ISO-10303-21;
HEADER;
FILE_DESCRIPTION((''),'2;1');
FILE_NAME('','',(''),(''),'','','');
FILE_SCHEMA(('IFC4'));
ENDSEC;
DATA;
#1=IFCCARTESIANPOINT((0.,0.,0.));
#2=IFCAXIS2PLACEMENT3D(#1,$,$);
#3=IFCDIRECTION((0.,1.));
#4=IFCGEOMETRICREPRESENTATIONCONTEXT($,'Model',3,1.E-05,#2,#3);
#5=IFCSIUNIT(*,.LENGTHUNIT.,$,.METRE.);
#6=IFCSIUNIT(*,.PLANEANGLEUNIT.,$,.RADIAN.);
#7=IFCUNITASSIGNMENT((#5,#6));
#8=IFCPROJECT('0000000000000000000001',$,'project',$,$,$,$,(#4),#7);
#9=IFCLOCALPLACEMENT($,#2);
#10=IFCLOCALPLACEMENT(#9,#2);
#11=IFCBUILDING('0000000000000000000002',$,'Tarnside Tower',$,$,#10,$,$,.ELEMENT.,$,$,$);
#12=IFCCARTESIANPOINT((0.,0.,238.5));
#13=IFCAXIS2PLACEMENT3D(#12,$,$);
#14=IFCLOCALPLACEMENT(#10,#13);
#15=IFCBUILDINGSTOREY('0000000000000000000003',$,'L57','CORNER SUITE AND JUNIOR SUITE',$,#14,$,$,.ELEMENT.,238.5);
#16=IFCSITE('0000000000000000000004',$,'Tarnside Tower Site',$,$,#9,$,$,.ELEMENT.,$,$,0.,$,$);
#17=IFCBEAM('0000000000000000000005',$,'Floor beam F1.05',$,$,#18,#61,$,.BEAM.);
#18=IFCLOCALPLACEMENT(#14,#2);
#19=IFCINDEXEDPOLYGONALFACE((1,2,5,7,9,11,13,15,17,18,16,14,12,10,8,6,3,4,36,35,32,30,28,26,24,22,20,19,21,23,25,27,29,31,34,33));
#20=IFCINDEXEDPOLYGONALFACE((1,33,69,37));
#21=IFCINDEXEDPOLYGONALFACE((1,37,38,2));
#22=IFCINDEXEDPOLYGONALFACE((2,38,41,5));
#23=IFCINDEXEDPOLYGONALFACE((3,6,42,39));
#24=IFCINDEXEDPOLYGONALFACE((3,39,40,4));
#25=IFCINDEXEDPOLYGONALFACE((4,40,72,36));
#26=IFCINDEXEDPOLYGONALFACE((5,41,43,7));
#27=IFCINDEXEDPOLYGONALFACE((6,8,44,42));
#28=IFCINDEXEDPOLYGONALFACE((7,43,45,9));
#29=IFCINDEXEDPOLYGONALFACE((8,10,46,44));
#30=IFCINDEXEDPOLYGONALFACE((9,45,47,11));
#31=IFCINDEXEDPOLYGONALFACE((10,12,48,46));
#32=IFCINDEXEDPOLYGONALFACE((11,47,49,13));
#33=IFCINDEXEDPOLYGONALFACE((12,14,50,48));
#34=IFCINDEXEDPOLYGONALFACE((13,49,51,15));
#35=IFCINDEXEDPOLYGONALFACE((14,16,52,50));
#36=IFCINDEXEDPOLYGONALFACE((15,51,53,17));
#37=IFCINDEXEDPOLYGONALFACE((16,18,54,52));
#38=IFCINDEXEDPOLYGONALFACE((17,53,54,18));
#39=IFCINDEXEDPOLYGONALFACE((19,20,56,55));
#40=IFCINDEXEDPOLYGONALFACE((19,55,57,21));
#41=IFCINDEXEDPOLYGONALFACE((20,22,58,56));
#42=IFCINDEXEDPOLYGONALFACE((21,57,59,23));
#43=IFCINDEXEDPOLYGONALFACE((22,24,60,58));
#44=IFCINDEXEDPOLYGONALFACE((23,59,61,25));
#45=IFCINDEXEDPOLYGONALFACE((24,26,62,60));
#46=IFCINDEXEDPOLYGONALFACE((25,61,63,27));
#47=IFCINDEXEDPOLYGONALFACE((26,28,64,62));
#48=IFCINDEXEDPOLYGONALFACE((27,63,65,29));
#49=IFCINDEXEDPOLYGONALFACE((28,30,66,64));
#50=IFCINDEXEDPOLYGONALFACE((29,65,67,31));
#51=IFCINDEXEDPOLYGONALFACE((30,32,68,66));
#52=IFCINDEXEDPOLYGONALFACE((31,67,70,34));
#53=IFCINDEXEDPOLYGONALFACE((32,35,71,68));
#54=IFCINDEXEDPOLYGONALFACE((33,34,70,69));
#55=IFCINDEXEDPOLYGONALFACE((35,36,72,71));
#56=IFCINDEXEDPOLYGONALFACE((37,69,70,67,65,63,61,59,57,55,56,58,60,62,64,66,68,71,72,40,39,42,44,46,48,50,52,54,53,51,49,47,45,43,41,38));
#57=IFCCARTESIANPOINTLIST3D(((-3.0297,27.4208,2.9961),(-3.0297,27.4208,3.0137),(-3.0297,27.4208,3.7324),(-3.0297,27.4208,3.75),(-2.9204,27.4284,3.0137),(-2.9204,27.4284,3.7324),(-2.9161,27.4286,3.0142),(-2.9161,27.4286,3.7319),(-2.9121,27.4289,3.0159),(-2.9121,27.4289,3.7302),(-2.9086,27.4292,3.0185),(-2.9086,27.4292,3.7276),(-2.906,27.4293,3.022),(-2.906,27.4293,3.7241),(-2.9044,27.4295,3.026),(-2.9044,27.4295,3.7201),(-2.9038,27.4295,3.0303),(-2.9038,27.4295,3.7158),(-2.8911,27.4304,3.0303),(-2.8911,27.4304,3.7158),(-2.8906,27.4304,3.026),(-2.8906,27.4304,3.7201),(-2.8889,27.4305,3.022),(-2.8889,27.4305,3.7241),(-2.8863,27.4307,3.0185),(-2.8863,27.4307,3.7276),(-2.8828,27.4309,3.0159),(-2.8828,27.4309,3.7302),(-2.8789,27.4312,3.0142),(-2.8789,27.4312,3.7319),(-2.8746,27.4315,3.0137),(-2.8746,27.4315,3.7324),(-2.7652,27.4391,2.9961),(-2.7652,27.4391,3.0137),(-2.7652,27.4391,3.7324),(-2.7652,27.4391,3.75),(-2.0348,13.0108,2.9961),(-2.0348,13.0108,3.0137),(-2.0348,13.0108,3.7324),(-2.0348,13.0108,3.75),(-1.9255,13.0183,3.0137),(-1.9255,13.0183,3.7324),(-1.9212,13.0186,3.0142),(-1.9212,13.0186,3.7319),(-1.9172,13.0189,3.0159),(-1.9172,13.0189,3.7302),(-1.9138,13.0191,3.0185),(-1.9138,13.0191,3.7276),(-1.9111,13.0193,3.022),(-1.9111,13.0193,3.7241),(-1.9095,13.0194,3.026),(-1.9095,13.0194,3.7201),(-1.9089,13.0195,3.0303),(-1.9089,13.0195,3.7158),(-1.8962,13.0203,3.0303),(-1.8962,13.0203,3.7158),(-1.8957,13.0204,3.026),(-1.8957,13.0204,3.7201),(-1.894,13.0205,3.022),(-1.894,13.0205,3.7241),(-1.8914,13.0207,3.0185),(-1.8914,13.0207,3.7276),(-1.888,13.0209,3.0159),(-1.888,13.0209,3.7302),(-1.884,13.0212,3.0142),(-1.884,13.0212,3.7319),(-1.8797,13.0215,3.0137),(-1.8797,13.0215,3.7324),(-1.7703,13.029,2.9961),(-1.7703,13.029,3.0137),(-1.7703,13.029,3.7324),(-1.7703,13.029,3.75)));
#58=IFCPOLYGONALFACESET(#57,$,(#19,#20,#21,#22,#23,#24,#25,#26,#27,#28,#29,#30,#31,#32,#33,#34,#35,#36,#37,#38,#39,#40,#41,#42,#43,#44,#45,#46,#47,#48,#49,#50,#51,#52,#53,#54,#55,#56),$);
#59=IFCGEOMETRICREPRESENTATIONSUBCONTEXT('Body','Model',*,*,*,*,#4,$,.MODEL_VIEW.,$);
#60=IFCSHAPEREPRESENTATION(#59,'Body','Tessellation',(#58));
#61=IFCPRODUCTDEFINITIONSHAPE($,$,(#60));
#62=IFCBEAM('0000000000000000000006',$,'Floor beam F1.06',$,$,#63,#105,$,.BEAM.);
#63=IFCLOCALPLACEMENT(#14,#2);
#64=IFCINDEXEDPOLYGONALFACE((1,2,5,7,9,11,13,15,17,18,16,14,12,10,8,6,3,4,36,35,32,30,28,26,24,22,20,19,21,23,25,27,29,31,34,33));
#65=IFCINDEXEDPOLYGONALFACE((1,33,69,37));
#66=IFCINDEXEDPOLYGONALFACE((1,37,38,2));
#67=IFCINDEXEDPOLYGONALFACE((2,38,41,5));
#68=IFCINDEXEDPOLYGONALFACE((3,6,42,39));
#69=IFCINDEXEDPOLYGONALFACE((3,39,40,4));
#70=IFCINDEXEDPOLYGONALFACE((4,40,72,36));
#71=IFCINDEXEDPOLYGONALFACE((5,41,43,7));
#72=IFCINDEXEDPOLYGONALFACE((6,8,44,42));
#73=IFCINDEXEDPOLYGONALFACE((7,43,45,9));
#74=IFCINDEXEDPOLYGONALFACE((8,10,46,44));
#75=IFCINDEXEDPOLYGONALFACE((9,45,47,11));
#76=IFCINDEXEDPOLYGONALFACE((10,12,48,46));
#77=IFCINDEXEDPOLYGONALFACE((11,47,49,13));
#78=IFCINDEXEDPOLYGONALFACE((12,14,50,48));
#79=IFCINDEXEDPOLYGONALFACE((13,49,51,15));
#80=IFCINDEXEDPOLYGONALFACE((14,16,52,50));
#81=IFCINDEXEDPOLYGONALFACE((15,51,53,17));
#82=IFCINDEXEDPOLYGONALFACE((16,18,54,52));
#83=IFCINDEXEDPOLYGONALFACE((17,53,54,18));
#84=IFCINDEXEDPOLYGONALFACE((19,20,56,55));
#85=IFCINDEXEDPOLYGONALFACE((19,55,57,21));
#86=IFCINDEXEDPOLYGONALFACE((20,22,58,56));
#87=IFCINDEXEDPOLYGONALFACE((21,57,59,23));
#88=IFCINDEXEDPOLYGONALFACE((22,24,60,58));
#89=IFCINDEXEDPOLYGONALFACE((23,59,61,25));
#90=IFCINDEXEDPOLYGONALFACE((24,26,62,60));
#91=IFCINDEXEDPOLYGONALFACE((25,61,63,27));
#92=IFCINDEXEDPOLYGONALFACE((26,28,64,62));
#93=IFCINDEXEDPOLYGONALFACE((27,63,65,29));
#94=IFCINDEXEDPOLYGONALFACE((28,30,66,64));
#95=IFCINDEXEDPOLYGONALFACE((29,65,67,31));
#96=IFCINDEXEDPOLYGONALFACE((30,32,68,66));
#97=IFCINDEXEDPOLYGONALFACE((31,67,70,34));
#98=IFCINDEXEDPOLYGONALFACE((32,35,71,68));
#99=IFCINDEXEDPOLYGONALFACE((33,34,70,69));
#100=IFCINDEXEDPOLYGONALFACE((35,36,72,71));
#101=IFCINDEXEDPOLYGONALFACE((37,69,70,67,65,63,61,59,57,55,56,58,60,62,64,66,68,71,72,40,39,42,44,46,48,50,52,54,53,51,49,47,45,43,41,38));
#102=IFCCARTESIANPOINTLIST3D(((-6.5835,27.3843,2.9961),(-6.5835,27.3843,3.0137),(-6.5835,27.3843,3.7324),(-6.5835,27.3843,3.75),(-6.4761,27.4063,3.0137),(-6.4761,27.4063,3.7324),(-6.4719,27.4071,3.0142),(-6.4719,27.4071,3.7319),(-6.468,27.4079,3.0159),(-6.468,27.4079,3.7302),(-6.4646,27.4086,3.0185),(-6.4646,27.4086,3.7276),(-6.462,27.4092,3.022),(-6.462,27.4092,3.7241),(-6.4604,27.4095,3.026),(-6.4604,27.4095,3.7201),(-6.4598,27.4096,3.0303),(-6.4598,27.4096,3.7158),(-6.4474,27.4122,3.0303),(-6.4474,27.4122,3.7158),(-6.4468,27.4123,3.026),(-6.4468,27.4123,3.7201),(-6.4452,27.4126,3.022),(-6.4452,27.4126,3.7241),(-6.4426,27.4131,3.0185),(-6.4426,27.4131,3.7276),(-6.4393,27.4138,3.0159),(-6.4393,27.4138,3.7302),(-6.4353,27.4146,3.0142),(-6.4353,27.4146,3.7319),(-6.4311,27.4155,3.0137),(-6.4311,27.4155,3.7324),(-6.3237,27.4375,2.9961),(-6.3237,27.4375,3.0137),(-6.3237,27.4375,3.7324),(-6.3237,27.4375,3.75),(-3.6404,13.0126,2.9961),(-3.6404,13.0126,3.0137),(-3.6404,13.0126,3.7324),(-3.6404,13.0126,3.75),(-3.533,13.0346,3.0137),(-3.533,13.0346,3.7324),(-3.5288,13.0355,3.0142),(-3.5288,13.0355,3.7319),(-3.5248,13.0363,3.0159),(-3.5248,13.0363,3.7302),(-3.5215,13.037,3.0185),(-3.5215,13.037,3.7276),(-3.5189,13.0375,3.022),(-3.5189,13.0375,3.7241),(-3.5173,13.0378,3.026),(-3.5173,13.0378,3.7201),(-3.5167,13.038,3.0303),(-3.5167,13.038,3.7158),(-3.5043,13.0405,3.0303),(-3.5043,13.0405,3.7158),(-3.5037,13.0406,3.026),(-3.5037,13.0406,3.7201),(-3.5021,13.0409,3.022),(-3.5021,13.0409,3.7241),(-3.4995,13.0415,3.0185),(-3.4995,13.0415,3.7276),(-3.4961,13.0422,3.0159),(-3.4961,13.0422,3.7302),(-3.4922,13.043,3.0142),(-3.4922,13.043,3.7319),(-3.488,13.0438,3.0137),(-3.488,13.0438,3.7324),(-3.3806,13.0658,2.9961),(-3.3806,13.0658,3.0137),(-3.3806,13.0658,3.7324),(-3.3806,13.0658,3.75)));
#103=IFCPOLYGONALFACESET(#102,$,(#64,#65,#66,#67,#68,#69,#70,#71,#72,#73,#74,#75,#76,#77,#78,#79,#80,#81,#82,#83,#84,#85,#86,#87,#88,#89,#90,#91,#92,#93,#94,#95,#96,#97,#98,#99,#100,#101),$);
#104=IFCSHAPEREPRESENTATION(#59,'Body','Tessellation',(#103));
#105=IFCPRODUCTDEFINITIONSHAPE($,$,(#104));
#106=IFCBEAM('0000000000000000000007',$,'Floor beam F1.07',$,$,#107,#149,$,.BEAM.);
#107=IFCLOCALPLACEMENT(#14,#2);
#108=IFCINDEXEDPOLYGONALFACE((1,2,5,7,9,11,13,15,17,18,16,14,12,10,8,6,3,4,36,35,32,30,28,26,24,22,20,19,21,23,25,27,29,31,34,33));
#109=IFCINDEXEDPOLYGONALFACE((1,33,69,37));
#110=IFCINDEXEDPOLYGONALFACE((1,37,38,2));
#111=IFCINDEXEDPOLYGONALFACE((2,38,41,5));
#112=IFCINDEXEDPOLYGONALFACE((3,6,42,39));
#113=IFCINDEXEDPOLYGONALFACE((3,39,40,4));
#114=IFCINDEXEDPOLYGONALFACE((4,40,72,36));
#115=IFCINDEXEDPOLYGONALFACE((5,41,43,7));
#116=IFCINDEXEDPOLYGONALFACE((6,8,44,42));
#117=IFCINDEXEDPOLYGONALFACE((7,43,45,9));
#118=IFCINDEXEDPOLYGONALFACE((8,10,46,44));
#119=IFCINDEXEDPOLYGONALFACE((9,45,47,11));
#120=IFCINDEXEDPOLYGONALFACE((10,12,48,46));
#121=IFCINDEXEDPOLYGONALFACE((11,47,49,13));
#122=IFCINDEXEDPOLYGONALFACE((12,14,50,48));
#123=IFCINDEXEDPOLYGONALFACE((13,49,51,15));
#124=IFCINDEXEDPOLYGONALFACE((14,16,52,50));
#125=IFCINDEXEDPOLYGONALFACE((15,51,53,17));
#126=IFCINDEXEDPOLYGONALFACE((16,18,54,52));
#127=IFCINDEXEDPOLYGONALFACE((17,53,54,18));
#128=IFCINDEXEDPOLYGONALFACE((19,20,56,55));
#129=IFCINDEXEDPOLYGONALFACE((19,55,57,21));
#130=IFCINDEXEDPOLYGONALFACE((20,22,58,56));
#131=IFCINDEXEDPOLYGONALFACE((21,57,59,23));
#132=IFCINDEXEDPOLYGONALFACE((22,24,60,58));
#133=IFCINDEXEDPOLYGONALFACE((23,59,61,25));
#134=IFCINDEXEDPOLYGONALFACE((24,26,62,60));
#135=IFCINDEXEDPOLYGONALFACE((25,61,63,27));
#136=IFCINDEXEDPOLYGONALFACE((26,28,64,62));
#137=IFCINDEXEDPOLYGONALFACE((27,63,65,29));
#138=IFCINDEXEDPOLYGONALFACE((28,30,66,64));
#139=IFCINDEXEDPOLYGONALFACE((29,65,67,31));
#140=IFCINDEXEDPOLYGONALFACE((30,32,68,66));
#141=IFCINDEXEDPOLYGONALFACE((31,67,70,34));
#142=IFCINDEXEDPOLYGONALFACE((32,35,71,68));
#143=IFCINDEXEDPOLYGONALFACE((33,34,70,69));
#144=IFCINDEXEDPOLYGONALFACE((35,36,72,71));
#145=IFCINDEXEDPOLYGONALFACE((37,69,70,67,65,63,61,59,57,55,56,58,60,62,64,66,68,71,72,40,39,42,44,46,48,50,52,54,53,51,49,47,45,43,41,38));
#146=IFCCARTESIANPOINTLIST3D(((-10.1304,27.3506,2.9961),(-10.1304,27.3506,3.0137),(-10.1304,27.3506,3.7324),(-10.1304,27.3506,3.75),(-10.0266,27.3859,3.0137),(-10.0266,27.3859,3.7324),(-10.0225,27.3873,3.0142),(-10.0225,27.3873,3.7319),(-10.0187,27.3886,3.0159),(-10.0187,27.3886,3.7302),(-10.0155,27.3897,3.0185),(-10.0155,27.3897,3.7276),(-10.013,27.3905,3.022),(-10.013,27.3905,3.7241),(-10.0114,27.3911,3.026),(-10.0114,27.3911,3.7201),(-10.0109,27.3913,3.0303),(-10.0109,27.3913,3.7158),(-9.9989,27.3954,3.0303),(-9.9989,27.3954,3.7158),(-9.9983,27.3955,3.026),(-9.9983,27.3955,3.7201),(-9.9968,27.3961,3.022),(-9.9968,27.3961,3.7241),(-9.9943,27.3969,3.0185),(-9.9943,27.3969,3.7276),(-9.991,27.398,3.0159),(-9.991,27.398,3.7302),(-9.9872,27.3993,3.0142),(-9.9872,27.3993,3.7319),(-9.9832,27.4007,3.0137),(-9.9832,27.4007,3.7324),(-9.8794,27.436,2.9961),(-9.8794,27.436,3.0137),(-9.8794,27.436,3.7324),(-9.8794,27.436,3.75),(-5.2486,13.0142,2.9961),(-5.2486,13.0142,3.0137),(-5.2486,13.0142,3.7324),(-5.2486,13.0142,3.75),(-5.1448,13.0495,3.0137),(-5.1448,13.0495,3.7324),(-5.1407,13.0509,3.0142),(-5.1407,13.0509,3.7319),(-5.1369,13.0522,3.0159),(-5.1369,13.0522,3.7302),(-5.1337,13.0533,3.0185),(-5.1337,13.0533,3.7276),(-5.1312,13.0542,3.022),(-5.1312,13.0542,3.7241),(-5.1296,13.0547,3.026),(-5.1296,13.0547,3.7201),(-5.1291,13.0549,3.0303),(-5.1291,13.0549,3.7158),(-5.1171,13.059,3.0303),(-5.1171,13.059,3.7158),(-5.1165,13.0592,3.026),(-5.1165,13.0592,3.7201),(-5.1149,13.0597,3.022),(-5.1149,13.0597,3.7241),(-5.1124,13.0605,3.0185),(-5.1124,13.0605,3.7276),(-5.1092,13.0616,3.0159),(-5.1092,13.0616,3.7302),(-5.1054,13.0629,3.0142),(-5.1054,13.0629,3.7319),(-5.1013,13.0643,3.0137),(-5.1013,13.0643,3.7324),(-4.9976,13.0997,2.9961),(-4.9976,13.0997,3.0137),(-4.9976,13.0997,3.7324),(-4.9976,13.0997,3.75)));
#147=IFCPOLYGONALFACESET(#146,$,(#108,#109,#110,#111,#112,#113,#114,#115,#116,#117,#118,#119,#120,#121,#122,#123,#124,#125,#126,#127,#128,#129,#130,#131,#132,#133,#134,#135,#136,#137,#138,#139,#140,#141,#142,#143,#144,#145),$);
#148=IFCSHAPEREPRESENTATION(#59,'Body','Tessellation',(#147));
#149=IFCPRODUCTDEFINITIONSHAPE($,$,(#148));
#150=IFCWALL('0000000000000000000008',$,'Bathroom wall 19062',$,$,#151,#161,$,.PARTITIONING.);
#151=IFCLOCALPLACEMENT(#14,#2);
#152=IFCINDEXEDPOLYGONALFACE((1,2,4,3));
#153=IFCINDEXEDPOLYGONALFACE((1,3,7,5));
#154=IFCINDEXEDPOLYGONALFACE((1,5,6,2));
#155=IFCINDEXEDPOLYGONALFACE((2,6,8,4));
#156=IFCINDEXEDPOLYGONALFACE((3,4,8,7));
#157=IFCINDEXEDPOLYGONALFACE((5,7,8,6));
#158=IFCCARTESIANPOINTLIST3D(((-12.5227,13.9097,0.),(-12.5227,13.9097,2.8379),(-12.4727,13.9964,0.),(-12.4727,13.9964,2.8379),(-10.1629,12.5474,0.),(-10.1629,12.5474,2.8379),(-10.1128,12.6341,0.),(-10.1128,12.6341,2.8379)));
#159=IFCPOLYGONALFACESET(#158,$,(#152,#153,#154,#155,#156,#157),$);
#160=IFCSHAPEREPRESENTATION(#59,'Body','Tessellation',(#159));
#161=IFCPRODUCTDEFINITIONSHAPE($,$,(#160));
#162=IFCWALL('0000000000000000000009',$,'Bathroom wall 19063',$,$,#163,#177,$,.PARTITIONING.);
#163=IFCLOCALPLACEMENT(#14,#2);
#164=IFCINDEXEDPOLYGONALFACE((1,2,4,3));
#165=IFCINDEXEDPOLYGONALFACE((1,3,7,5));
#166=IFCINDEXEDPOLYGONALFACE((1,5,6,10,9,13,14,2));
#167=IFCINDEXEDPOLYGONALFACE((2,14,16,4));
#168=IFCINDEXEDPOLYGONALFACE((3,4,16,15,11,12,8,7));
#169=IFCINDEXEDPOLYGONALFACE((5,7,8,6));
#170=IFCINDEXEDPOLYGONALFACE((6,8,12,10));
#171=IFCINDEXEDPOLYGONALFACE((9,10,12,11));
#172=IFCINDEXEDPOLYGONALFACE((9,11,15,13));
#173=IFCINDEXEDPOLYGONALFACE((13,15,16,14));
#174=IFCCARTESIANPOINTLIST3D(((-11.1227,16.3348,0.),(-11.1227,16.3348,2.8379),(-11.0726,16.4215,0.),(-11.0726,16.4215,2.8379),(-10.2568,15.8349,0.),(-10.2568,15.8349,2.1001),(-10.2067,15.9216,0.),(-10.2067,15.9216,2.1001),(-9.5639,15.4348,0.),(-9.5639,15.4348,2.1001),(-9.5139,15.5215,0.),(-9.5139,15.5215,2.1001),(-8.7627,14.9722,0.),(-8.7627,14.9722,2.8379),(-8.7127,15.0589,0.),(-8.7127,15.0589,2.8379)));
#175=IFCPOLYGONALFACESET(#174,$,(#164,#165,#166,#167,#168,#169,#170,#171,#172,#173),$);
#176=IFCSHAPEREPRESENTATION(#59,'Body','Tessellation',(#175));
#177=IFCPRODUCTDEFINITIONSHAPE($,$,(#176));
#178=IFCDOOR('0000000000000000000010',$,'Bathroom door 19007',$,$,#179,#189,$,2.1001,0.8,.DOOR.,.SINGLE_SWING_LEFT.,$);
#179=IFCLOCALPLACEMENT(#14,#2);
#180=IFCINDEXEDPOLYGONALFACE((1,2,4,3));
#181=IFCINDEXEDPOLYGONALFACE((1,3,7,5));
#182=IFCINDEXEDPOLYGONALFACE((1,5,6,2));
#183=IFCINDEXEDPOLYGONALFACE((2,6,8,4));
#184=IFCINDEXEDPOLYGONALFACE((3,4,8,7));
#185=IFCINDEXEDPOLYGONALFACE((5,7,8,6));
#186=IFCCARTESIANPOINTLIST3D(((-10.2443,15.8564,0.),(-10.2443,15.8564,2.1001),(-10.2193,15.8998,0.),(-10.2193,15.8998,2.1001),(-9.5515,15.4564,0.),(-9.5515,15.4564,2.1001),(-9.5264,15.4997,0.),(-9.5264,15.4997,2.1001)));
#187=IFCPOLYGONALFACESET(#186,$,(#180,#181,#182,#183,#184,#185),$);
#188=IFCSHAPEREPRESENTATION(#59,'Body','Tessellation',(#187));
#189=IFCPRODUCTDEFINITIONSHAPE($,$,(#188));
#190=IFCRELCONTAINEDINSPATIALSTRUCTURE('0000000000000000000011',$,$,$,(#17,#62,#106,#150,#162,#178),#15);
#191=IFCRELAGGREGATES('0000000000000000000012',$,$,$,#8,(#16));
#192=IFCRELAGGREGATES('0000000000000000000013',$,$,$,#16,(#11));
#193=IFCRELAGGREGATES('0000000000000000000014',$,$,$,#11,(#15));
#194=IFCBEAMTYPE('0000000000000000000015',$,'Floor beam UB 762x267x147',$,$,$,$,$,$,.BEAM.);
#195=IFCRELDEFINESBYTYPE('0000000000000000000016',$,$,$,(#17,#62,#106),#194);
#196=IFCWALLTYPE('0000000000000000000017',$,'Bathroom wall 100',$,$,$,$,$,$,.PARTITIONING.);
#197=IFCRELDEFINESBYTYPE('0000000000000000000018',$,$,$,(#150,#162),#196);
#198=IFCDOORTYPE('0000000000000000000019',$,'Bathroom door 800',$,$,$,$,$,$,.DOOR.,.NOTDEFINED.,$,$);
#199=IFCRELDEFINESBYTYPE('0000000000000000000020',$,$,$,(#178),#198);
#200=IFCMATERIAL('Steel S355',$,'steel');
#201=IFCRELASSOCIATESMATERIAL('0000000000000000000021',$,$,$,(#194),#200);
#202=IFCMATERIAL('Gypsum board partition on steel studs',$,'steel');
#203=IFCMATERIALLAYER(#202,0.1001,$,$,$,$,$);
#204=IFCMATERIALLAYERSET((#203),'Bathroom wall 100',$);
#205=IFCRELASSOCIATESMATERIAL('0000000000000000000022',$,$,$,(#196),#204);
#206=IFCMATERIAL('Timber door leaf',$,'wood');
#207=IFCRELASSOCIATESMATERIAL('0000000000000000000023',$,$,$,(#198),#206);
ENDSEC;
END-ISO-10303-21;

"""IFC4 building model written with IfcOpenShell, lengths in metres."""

from ifc_helpers import new_model, si_unit, direction, frame, frame_2d, origin, origin_2d, place, context, subcontext, project, spatial, rectangle, i_section, extrude, material, layer, layer_set, material_profile, profile_set, type_object, element, fill, save


model = new_model("IFC4")

# Units and contexts
model_context = context("Model", 3, precision=1e-05, world=origin(), true_north=direction((0.0, 1.0)))
body_context = subcontext(model_context, "Body", "Model", "MODEL_VIEW")
ifc_project = project(units=[si_unit("LENGTHUNIT", "METRE"), si_unit("PLANEANGLEUNIT", "RADIAN")], contexts=[model_context])

# Site, building, storey
site_placement = place(None, origin())
site = spatial("IfcSite", under=ifc_project, at=site_placement, Name="Tarnside Tower Site", CompositionType="ELEMENT", RefElevation=0.0)
building_placement = place(site_placement, origin())
building = spatial("IfcBuilding", under=site, at=building_placement, Name="Tarnside Tower", CompositionType="ELEMENT")
storey_placement = place(building_placement, frame((0.0, 0.0, 238.5)))
storey = spatial("IfcBuildingStorey", under=building, at=storey_placement, Name="L57", Description="CORNER SUITE AND JUNIOR SUITE", CompositionType="ELEMENT", Elevation=238.5)

# Beams
ifc_material_1 = material(Name="Steel S355", Category="steel")
ifc_material_profile = material_profile(ifc_material_1, i_section(OverallWidth=0.2651, OverallDepth=0.7539, WebThickness=0.0127, FlangeThickness=0.0176, FilletRadius=0.0166, at=origin_2d()), Name="UB 762x267x147")
ifc_profile_set = profile_set([ifc_material_profile], Name="Steel S355")
beam_type = type_object("IfcBeamType", Name="Floor beam UB 762x267x147", PredefinedType="BEAM", material=ifc_profile_set)
beam_1_placement = place(storey_placement, frame((-2.8975, 27.4299, 3.373), z_axis=(0.068877, -0.997625, 0.0), x_axis=(0.997625, 0.068877, 0.0)))
element("IfcBeam", 1, at=beam_1_placement, inside=storey, type_object=beam_type, Name="Floor beam F1.05", PredefinedType="BEAM", context=body_context, shape_type="SweptSolid", body=[
    extrude(i_section(OverallWidth=0.2651, OverallDepth=0.7539, WebThickness=0.0127, FlangeThickness=0.0176, FilletRadius=0.0166, at=origin_2d()), origin(), (0.0, 0.0, 1.0), 14.4443),
])
beam_2_placement = place(storey_placement, frame((-6.4536, 27.4109, 3.373), z_axis=(0.200623, -0.979668, 0.0), x_axis=(0.979668, 0.200623, 0.0)))
element("IfcBeam", 2, at=beam_2_placement, inside=storey, type_object=beam_type, Name="Floor beam F1.06", PredefinedType="BEAM", context=body_context, shape_type="SweptSolid", body=[
    extrude(i_section(OverallWidth=0.2651, OverallDepth=0.7539, WebThickness=0.0127, FlangeThickness=0.0176, FilletRadius=0.0166, at=origin_2d()), origin(), (0.0, 0.0, 1.0), 14.6699),
])
beam_3_placement = place(storey_placement, frame((-10.0049, 27.3933, 3.373), z_axis=(0.322344, -0.946623, 0.0), x_axis=(0.946623, 0.322344, 0.0)))
element("IfcBeam", 3, at=beam_3_placement, inside=storey, type_object=beam_type, Name="Floor beam F1.07", PredefinedType="BEAM", context=body_context, shape_type="SweptSolid", body=[
    extrude(i_section(OverallWidth=0.2651, OverallDepth=0.7539, WebThickness=0.0127, FlangeThickness=0.0176, FilletRadius=0.0166, at=origin_2d()), origin(), (0.0, 0.0, 1.0), 15.1448),
])

# Wall
ifc_material_2 = material(Name="Gypsum board partition on steel studs", Category="steel")
ifc_layer_1 = layer(ifc_material_2, 0.1001)
ifc_layer_set_1 = layer_set([ifc_layer_1], Name="Bathroom wall 100")
wall_type_1 = type_object("IfcWallType", Name="Bathroom wall 100", PredefinedType="PARTITIONING", material=ifc_layer_set_1)
wall_1_placement = place(storey_placement, frame((-10.1379, 12.5908, 0.0), z_axis=(0.0, 0.0, 1.0), x_axis=(-0.866051, 0.499955, 0.0)))
element("IfcWall", 4, at=wall_1_placement, inside=storey, type_object=wall_type_1, Name="Bathroom wall 19062", PredefinedType="PARTITIONING", context=body_context, shape_type="SweptSolid", body=[
    extrude(rectangle(XDim=2.7249, YDim=0.1001, at=frame_2d((1.3623, 0.0))), origin(), (0.0, 0.0, 1.0), 2.8379),
])

# Wall, opening, door
wall_2_placement = place(storey_placement, frame((-11.0977, 16.3782, 0.0), z_axis=(0.0, 0.0, 1.0), x_axis=(0.866013, -0.500022, 0.0)))
wall_2 = element("IfcWall", 5, at=wall_2_placement, inside=storey, type_object=wall_type_1, Name="Bathroom wall 19063", PredefinedType="PARTITIONING", context=body_context, shape_type="SweptSolid", body=[
    extrude(rectangle(XDim=2.7251, YDim=0.1001, at=frame_2d((1.3625, 0.0))), origin(), (0.0, 0.0, 1.0), 2.8379),
])
opening_1_placement = place(wall_2_placement, frame((1.0, 0.0, 0.0)))
opening_1 = element("IfcOpeningElement", 6, at=opening_1_placement, cuts=wall_2, PredefinedType="OPENING", context=body_context, shape_type="SweptSolid", body=[
    extrude(rectangle(XDim=0.8, YDim=2.1001, at=frame_2d((0.3999, 1.05))), frame((0.0, 0.0601, 0.0), z_axis=(0.0, -1.0, 0.0), x_axis=(1.0, 0.0, 0.0)), (0.0, 0.0, 1.0), 0.1201),
])
ifc_material_3 = material(Name="Timber door leaf", Category="wood")
door_type_1 = type_object("IfcDoorType", Name="Bathroom door 800", OperationType="NOTDEFINED", PredefinedType="DOOR", material=ifc_material_3)
door_1_placement = place(opening_1_placement, origin())
door_1 = element("IfcDoor", 7, at=door_1_placement, inside=storey, type_object=door_type_1, Name="Bathroom door 19007", OperationType="SINGLE_SWING_LEFT", OverallHeight=2.1001, OverallWidth=0.8, PredefinedType="DOOR", context=body_context, shape_type="SweptSolid", body=[
    extrude(rectangle(XDim=0.8, YDim=2.1001, at=frame_2d((0.3999, 1.05))), frame((0.0, 0.0249, 0.0), z_axis=(0.0, -1.0, 0.0), x_axis=(1.0, 0.0, 0.0)), (0.0, 0.0, 1.0), 0.05),
])
fill(opening_1, door_1)

save(model, "model.ifc")
